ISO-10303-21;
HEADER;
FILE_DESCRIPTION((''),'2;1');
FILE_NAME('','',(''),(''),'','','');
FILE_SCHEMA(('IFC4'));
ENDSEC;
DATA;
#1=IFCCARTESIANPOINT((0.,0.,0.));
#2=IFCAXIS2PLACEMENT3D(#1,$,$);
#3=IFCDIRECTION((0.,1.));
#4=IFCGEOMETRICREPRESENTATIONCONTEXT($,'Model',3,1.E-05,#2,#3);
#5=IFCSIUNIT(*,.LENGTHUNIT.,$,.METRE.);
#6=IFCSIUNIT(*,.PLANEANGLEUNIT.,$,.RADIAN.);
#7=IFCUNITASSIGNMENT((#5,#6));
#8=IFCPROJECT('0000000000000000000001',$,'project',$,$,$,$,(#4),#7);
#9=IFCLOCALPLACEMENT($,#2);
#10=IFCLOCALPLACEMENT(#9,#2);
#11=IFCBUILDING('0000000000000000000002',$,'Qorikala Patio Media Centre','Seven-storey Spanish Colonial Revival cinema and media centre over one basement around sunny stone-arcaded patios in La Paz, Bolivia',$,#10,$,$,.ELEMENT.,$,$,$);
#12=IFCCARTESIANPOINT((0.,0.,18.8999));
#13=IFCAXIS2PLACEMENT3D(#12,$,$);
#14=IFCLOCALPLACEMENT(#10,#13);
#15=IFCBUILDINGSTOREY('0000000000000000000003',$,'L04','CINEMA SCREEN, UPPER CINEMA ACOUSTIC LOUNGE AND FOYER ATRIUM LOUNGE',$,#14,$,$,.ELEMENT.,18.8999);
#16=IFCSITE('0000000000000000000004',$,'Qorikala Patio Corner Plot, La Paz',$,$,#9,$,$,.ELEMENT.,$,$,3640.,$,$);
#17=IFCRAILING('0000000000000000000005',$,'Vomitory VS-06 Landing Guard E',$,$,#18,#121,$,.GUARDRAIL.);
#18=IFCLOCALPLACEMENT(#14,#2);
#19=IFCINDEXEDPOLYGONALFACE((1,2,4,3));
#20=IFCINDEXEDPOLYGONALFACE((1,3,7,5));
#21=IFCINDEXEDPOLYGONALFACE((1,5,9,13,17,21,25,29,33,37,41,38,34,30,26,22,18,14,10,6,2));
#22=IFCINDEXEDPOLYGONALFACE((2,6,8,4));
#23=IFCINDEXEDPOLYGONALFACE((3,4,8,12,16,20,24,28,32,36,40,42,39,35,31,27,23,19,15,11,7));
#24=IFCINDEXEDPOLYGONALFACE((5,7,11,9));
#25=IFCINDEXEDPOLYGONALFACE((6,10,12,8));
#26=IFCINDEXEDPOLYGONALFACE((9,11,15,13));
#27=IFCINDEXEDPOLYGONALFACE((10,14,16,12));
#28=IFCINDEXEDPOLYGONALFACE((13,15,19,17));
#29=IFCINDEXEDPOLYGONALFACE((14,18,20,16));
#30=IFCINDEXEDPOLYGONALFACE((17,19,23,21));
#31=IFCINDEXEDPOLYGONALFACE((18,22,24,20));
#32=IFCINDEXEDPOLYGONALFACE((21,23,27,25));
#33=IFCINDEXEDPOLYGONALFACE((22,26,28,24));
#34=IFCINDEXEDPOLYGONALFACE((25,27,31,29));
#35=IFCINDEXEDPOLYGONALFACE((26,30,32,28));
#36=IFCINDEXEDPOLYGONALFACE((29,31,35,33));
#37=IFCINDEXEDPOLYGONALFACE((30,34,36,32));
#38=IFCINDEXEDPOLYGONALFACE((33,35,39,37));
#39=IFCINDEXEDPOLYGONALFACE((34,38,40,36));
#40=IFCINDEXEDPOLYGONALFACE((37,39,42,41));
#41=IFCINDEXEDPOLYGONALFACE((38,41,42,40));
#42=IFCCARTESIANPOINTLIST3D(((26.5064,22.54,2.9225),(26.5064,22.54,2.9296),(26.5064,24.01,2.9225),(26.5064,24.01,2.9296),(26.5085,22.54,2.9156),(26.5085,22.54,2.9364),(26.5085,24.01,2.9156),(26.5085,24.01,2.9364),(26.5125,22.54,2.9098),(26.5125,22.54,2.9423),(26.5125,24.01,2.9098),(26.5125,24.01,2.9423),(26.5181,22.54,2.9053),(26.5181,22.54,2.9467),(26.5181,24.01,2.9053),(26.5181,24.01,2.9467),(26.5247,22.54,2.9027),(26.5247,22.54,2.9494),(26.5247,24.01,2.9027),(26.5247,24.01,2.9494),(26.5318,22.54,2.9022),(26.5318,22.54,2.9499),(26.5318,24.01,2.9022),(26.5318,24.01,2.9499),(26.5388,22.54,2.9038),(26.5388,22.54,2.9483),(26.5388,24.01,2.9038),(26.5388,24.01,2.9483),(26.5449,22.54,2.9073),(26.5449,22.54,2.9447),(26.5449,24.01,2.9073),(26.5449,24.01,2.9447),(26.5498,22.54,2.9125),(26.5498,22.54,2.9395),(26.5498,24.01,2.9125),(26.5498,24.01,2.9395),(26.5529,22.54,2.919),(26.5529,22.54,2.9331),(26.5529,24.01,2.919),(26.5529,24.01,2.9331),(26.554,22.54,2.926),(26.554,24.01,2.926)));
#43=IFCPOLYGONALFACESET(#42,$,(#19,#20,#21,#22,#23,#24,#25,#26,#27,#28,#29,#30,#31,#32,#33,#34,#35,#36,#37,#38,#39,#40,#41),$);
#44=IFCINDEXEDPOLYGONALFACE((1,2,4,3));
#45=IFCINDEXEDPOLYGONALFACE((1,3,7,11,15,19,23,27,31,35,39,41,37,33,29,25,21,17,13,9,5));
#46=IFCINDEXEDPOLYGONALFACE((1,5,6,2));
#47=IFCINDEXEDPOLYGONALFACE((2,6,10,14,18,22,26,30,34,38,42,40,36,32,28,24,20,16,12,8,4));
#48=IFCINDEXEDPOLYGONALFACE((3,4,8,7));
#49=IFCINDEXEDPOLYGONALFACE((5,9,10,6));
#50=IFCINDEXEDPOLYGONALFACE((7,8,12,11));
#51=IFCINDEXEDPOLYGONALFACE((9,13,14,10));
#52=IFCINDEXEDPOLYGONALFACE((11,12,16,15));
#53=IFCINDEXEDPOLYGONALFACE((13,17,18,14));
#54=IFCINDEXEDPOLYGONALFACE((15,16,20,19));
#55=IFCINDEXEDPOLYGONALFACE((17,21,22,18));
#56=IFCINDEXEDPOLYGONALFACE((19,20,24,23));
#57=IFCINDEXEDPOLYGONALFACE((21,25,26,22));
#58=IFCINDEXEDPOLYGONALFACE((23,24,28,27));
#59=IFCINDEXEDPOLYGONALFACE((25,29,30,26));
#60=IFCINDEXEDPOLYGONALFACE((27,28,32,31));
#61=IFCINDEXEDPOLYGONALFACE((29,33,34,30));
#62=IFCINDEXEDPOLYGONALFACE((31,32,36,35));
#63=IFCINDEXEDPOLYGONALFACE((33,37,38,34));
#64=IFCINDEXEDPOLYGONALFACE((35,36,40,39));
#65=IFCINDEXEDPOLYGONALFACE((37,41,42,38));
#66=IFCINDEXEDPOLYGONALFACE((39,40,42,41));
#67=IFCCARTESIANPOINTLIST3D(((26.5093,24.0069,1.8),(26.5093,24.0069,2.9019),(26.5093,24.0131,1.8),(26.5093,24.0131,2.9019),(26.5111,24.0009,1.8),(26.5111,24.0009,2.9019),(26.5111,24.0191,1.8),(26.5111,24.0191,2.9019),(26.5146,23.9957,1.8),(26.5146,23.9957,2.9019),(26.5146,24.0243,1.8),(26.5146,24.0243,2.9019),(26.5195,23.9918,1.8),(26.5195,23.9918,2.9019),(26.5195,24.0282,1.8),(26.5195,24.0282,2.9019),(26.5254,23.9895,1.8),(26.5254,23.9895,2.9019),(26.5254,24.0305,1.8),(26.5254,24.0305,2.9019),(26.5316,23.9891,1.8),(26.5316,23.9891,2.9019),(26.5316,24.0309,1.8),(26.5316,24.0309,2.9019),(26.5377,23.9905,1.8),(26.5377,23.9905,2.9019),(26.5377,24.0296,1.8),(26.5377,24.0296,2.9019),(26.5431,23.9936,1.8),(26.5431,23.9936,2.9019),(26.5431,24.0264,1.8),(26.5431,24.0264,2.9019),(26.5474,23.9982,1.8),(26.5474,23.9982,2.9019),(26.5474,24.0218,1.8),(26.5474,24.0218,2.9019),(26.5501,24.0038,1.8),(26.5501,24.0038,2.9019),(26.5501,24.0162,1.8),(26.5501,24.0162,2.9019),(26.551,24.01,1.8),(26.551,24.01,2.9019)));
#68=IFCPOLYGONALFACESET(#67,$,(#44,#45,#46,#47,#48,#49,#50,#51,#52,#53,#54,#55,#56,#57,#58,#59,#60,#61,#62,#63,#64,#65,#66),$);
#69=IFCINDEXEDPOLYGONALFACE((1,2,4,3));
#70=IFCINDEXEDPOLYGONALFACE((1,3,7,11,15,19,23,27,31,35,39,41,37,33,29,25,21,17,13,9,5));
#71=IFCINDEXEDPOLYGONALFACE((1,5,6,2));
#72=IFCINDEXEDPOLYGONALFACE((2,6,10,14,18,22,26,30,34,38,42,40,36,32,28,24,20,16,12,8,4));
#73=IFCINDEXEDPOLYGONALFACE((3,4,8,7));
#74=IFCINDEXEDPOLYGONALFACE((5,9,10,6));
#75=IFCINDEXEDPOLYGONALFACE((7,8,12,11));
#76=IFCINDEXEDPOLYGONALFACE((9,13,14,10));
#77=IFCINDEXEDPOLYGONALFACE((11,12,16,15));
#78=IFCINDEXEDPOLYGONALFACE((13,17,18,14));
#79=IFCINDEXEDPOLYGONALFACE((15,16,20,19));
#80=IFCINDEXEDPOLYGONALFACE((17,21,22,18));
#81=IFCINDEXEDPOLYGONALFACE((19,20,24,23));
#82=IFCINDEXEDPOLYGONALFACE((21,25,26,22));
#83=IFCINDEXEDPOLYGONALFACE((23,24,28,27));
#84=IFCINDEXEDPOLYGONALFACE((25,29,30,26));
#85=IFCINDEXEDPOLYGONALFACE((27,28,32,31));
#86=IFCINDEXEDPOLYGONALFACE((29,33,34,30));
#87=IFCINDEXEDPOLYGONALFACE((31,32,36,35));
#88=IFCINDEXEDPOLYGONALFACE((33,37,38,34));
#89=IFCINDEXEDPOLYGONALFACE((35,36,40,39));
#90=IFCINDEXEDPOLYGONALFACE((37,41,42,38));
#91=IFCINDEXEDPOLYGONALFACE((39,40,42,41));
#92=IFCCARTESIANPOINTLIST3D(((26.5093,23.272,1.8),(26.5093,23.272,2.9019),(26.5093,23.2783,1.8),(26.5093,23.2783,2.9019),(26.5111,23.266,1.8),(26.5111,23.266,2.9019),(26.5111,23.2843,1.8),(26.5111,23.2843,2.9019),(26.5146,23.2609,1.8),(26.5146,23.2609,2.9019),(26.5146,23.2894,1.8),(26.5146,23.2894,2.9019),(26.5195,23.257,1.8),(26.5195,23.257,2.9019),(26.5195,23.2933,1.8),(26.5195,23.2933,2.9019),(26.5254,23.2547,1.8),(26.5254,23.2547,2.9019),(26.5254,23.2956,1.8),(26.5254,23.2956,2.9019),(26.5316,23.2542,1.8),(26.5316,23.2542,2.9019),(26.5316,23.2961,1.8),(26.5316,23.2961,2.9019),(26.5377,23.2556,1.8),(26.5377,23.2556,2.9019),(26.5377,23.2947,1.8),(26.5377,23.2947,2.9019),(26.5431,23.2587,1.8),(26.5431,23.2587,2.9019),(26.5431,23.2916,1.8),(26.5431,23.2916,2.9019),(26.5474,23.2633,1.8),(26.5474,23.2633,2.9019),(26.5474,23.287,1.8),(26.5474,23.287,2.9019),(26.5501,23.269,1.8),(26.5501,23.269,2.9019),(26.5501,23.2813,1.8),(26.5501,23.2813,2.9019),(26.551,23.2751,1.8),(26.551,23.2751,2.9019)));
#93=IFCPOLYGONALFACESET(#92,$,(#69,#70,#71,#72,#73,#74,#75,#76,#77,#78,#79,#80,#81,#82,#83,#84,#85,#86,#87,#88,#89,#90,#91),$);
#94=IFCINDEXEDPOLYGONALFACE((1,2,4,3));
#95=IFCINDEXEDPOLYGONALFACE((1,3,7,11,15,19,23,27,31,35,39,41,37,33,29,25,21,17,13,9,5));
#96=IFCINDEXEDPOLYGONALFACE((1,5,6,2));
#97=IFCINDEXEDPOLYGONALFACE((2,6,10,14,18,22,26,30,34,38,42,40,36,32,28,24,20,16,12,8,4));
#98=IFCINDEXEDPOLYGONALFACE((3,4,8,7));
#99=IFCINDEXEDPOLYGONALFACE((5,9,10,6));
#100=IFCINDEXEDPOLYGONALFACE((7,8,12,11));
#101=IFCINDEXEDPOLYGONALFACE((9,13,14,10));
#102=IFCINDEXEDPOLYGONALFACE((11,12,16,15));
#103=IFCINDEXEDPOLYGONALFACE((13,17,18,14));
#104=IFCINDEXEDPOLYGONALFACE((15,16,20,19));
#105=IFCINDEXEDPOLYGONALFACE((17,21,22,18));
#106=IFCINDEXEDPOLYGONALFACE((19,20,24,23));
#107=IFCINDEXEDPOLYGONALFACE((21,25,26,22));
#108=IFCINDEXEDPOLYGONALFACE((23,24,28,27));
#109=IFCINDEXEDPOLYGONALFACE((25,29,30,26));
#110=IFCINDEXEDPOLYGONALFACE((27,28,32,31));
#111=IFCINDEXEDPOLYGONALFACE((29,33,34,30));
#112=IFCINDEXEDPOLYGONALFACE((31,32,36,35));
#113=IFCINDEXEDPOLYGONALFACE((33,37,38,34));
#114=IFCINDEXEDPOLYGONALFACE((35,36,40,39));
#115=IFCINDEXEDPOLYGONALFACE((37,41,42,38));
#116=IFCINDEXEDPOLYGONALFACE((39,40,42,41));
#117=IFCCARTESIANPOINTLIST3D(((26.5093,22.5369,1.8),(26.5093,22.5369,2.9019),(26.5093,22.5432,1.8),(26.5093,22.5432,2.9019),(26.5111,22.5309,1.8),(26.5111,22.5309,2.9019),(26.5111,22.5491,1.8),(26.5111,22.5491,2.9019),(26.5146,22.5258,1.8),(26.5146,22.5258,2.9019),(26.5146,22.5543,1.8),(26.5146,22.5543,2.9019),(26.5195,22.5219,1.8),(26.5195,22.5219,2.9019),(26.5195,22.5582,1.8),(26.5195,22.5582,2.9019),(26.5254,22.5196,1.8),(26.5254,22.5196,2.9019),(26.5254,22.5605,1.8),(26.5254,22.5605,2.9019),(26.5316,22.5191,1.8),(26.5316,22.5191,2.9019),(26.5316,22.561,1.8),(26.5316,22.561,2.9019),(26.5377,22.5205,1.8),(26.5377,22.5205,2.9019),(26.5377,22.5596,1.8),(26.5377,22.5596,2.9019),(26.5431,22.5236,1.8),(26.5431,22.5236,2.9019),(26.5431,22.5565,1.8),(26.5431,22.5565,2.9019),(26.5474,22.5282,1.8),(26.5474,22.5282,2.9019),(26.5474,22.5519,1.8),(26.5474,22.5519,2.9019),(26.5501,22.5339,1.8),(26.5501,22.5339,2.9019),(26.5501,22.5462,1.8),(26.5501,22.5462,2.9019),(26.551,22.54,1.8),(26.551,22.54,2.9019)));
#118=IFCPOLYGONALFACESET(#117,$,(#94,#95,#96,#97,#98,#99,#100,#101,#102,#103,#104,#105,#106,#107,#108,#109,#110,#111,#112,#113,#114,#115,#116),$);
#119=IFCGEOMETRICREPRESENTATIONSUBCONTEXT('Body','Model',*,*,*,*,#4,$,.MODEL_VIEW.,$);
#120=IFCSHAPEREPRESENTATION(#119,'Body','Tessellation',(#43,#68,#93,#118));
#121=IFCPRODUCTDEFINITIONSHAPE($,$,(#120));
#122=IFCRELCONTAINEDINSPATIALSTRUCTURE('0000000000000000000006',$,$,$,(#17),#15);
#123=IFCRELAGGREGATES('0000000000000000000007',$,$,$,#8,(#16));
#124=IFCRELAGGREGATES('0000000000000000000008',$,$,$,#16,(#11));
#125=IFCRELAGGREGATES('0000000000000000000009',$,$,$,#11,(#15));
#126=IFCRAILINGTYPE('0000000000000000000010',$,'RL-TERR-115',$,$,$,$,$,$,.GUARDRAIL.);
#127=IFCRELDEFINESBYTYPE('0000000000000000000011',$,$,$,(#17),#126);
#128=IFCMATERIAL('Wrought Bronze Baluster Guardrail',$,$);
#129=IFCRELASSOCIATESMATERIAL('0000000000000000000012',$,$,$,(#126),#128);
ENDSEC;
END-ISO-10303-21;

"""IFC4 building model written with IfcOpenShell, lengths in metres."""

from ifc_helpers import new_model, si_unit, direction, frame, origin, origin_2d, place, context, subcontext, project, spatial, circle, extrude, material, type_object, element, save


model = new_model("IFC4")

# Units and contexts
model_context = context("Model", 3, precision=1e-05, world=origin(), true_north=direction((0.0, 1.0)))
body_context = subcontext(model_context, "Body", "Model", "MODEL_VIEW")
ifc_project = project(units=[si_unit("LENGTHUNIT", "METRE"), si_unit("PLANEANGLEUNIT", "RADIAN")], contexts=[model_context])

# Site, building, storey
site_placement = place(None, origin())
site = spatial("IfcSite", under=ifc_project, at=site_placement, Name="Qorikala Patio Corner Plot, La Paz", CompositionType="ELEMENT", RefElevation=3640.0)
building_placement = place(site_placement, origin())
building = spatial("IfcBuilding", under=site, at=building_placement, Name="Qorikala Patio Media Centre", Description="Seven-storey Spanish Colonial Revival cinema and media centre over one basement around sunny stone-arcaded patios in La Paz, Bolivia", CompositionType="ELEMENT")
storey_placement = place(building_placement, frame((0.0, 0.0, 18.8999)))
storey = spatial("IfcBuildingStorey", under=building, at=storey_placement, Name="L04", Description="CINEMA SCREEN, UPPER CINEMA ACOUSTIC LOUNGE AND FOYER ATRIUM LOUNGE", CompositionType="ELEMENT", Elevation=18.8999)

# Railing
ifc_material_1 = material(Name="Wrought Bronze Baluster Guardrail")
railing_type = type_object("IfcRailingType", Name="RL-TERR-115", PredefinedType="GUARDRAIL", material=ifc_material_1)
railing_1_placement = place(storey_placement, frame((26.53, 24.01, 1.8)))
element("IfcRailing", 1, at=railing_1_placement, inside=storey, type_object=railing_type, Name="Vomitory VS-06 Landing Guard E", PredefinedType="GUARDRAIL", context=body_context, shape_type="SweptSolid", body=[
    extrude(circle(Radius=0.0239, at=origin_2d()), frame((0.0, 0.0, 1.126), z_axis=(0.0, -1.0, 0.0), x_axis=(1.0, 0.0, 0.0)), (0.0, 0.0, 1.0), 1.47),
    extrude(circle(Radius=0.021, at=origin_2d()), origin(), (0.0, 0.0, 1.0), 1.1018),
    extrude(circle(Radius=0.021, at=origin_2d()), frame((0.0, -0.7349, 0.0)), (0.0, 0.0, 1.0), 1.1018),
    extrude(circle(Radius=0.021, at=origin_2d()), frame((0.0, -1.47, 0.0)), (0.0, 0.0, 1.0), 1.1018),
])

save(model, "model.ifc")
